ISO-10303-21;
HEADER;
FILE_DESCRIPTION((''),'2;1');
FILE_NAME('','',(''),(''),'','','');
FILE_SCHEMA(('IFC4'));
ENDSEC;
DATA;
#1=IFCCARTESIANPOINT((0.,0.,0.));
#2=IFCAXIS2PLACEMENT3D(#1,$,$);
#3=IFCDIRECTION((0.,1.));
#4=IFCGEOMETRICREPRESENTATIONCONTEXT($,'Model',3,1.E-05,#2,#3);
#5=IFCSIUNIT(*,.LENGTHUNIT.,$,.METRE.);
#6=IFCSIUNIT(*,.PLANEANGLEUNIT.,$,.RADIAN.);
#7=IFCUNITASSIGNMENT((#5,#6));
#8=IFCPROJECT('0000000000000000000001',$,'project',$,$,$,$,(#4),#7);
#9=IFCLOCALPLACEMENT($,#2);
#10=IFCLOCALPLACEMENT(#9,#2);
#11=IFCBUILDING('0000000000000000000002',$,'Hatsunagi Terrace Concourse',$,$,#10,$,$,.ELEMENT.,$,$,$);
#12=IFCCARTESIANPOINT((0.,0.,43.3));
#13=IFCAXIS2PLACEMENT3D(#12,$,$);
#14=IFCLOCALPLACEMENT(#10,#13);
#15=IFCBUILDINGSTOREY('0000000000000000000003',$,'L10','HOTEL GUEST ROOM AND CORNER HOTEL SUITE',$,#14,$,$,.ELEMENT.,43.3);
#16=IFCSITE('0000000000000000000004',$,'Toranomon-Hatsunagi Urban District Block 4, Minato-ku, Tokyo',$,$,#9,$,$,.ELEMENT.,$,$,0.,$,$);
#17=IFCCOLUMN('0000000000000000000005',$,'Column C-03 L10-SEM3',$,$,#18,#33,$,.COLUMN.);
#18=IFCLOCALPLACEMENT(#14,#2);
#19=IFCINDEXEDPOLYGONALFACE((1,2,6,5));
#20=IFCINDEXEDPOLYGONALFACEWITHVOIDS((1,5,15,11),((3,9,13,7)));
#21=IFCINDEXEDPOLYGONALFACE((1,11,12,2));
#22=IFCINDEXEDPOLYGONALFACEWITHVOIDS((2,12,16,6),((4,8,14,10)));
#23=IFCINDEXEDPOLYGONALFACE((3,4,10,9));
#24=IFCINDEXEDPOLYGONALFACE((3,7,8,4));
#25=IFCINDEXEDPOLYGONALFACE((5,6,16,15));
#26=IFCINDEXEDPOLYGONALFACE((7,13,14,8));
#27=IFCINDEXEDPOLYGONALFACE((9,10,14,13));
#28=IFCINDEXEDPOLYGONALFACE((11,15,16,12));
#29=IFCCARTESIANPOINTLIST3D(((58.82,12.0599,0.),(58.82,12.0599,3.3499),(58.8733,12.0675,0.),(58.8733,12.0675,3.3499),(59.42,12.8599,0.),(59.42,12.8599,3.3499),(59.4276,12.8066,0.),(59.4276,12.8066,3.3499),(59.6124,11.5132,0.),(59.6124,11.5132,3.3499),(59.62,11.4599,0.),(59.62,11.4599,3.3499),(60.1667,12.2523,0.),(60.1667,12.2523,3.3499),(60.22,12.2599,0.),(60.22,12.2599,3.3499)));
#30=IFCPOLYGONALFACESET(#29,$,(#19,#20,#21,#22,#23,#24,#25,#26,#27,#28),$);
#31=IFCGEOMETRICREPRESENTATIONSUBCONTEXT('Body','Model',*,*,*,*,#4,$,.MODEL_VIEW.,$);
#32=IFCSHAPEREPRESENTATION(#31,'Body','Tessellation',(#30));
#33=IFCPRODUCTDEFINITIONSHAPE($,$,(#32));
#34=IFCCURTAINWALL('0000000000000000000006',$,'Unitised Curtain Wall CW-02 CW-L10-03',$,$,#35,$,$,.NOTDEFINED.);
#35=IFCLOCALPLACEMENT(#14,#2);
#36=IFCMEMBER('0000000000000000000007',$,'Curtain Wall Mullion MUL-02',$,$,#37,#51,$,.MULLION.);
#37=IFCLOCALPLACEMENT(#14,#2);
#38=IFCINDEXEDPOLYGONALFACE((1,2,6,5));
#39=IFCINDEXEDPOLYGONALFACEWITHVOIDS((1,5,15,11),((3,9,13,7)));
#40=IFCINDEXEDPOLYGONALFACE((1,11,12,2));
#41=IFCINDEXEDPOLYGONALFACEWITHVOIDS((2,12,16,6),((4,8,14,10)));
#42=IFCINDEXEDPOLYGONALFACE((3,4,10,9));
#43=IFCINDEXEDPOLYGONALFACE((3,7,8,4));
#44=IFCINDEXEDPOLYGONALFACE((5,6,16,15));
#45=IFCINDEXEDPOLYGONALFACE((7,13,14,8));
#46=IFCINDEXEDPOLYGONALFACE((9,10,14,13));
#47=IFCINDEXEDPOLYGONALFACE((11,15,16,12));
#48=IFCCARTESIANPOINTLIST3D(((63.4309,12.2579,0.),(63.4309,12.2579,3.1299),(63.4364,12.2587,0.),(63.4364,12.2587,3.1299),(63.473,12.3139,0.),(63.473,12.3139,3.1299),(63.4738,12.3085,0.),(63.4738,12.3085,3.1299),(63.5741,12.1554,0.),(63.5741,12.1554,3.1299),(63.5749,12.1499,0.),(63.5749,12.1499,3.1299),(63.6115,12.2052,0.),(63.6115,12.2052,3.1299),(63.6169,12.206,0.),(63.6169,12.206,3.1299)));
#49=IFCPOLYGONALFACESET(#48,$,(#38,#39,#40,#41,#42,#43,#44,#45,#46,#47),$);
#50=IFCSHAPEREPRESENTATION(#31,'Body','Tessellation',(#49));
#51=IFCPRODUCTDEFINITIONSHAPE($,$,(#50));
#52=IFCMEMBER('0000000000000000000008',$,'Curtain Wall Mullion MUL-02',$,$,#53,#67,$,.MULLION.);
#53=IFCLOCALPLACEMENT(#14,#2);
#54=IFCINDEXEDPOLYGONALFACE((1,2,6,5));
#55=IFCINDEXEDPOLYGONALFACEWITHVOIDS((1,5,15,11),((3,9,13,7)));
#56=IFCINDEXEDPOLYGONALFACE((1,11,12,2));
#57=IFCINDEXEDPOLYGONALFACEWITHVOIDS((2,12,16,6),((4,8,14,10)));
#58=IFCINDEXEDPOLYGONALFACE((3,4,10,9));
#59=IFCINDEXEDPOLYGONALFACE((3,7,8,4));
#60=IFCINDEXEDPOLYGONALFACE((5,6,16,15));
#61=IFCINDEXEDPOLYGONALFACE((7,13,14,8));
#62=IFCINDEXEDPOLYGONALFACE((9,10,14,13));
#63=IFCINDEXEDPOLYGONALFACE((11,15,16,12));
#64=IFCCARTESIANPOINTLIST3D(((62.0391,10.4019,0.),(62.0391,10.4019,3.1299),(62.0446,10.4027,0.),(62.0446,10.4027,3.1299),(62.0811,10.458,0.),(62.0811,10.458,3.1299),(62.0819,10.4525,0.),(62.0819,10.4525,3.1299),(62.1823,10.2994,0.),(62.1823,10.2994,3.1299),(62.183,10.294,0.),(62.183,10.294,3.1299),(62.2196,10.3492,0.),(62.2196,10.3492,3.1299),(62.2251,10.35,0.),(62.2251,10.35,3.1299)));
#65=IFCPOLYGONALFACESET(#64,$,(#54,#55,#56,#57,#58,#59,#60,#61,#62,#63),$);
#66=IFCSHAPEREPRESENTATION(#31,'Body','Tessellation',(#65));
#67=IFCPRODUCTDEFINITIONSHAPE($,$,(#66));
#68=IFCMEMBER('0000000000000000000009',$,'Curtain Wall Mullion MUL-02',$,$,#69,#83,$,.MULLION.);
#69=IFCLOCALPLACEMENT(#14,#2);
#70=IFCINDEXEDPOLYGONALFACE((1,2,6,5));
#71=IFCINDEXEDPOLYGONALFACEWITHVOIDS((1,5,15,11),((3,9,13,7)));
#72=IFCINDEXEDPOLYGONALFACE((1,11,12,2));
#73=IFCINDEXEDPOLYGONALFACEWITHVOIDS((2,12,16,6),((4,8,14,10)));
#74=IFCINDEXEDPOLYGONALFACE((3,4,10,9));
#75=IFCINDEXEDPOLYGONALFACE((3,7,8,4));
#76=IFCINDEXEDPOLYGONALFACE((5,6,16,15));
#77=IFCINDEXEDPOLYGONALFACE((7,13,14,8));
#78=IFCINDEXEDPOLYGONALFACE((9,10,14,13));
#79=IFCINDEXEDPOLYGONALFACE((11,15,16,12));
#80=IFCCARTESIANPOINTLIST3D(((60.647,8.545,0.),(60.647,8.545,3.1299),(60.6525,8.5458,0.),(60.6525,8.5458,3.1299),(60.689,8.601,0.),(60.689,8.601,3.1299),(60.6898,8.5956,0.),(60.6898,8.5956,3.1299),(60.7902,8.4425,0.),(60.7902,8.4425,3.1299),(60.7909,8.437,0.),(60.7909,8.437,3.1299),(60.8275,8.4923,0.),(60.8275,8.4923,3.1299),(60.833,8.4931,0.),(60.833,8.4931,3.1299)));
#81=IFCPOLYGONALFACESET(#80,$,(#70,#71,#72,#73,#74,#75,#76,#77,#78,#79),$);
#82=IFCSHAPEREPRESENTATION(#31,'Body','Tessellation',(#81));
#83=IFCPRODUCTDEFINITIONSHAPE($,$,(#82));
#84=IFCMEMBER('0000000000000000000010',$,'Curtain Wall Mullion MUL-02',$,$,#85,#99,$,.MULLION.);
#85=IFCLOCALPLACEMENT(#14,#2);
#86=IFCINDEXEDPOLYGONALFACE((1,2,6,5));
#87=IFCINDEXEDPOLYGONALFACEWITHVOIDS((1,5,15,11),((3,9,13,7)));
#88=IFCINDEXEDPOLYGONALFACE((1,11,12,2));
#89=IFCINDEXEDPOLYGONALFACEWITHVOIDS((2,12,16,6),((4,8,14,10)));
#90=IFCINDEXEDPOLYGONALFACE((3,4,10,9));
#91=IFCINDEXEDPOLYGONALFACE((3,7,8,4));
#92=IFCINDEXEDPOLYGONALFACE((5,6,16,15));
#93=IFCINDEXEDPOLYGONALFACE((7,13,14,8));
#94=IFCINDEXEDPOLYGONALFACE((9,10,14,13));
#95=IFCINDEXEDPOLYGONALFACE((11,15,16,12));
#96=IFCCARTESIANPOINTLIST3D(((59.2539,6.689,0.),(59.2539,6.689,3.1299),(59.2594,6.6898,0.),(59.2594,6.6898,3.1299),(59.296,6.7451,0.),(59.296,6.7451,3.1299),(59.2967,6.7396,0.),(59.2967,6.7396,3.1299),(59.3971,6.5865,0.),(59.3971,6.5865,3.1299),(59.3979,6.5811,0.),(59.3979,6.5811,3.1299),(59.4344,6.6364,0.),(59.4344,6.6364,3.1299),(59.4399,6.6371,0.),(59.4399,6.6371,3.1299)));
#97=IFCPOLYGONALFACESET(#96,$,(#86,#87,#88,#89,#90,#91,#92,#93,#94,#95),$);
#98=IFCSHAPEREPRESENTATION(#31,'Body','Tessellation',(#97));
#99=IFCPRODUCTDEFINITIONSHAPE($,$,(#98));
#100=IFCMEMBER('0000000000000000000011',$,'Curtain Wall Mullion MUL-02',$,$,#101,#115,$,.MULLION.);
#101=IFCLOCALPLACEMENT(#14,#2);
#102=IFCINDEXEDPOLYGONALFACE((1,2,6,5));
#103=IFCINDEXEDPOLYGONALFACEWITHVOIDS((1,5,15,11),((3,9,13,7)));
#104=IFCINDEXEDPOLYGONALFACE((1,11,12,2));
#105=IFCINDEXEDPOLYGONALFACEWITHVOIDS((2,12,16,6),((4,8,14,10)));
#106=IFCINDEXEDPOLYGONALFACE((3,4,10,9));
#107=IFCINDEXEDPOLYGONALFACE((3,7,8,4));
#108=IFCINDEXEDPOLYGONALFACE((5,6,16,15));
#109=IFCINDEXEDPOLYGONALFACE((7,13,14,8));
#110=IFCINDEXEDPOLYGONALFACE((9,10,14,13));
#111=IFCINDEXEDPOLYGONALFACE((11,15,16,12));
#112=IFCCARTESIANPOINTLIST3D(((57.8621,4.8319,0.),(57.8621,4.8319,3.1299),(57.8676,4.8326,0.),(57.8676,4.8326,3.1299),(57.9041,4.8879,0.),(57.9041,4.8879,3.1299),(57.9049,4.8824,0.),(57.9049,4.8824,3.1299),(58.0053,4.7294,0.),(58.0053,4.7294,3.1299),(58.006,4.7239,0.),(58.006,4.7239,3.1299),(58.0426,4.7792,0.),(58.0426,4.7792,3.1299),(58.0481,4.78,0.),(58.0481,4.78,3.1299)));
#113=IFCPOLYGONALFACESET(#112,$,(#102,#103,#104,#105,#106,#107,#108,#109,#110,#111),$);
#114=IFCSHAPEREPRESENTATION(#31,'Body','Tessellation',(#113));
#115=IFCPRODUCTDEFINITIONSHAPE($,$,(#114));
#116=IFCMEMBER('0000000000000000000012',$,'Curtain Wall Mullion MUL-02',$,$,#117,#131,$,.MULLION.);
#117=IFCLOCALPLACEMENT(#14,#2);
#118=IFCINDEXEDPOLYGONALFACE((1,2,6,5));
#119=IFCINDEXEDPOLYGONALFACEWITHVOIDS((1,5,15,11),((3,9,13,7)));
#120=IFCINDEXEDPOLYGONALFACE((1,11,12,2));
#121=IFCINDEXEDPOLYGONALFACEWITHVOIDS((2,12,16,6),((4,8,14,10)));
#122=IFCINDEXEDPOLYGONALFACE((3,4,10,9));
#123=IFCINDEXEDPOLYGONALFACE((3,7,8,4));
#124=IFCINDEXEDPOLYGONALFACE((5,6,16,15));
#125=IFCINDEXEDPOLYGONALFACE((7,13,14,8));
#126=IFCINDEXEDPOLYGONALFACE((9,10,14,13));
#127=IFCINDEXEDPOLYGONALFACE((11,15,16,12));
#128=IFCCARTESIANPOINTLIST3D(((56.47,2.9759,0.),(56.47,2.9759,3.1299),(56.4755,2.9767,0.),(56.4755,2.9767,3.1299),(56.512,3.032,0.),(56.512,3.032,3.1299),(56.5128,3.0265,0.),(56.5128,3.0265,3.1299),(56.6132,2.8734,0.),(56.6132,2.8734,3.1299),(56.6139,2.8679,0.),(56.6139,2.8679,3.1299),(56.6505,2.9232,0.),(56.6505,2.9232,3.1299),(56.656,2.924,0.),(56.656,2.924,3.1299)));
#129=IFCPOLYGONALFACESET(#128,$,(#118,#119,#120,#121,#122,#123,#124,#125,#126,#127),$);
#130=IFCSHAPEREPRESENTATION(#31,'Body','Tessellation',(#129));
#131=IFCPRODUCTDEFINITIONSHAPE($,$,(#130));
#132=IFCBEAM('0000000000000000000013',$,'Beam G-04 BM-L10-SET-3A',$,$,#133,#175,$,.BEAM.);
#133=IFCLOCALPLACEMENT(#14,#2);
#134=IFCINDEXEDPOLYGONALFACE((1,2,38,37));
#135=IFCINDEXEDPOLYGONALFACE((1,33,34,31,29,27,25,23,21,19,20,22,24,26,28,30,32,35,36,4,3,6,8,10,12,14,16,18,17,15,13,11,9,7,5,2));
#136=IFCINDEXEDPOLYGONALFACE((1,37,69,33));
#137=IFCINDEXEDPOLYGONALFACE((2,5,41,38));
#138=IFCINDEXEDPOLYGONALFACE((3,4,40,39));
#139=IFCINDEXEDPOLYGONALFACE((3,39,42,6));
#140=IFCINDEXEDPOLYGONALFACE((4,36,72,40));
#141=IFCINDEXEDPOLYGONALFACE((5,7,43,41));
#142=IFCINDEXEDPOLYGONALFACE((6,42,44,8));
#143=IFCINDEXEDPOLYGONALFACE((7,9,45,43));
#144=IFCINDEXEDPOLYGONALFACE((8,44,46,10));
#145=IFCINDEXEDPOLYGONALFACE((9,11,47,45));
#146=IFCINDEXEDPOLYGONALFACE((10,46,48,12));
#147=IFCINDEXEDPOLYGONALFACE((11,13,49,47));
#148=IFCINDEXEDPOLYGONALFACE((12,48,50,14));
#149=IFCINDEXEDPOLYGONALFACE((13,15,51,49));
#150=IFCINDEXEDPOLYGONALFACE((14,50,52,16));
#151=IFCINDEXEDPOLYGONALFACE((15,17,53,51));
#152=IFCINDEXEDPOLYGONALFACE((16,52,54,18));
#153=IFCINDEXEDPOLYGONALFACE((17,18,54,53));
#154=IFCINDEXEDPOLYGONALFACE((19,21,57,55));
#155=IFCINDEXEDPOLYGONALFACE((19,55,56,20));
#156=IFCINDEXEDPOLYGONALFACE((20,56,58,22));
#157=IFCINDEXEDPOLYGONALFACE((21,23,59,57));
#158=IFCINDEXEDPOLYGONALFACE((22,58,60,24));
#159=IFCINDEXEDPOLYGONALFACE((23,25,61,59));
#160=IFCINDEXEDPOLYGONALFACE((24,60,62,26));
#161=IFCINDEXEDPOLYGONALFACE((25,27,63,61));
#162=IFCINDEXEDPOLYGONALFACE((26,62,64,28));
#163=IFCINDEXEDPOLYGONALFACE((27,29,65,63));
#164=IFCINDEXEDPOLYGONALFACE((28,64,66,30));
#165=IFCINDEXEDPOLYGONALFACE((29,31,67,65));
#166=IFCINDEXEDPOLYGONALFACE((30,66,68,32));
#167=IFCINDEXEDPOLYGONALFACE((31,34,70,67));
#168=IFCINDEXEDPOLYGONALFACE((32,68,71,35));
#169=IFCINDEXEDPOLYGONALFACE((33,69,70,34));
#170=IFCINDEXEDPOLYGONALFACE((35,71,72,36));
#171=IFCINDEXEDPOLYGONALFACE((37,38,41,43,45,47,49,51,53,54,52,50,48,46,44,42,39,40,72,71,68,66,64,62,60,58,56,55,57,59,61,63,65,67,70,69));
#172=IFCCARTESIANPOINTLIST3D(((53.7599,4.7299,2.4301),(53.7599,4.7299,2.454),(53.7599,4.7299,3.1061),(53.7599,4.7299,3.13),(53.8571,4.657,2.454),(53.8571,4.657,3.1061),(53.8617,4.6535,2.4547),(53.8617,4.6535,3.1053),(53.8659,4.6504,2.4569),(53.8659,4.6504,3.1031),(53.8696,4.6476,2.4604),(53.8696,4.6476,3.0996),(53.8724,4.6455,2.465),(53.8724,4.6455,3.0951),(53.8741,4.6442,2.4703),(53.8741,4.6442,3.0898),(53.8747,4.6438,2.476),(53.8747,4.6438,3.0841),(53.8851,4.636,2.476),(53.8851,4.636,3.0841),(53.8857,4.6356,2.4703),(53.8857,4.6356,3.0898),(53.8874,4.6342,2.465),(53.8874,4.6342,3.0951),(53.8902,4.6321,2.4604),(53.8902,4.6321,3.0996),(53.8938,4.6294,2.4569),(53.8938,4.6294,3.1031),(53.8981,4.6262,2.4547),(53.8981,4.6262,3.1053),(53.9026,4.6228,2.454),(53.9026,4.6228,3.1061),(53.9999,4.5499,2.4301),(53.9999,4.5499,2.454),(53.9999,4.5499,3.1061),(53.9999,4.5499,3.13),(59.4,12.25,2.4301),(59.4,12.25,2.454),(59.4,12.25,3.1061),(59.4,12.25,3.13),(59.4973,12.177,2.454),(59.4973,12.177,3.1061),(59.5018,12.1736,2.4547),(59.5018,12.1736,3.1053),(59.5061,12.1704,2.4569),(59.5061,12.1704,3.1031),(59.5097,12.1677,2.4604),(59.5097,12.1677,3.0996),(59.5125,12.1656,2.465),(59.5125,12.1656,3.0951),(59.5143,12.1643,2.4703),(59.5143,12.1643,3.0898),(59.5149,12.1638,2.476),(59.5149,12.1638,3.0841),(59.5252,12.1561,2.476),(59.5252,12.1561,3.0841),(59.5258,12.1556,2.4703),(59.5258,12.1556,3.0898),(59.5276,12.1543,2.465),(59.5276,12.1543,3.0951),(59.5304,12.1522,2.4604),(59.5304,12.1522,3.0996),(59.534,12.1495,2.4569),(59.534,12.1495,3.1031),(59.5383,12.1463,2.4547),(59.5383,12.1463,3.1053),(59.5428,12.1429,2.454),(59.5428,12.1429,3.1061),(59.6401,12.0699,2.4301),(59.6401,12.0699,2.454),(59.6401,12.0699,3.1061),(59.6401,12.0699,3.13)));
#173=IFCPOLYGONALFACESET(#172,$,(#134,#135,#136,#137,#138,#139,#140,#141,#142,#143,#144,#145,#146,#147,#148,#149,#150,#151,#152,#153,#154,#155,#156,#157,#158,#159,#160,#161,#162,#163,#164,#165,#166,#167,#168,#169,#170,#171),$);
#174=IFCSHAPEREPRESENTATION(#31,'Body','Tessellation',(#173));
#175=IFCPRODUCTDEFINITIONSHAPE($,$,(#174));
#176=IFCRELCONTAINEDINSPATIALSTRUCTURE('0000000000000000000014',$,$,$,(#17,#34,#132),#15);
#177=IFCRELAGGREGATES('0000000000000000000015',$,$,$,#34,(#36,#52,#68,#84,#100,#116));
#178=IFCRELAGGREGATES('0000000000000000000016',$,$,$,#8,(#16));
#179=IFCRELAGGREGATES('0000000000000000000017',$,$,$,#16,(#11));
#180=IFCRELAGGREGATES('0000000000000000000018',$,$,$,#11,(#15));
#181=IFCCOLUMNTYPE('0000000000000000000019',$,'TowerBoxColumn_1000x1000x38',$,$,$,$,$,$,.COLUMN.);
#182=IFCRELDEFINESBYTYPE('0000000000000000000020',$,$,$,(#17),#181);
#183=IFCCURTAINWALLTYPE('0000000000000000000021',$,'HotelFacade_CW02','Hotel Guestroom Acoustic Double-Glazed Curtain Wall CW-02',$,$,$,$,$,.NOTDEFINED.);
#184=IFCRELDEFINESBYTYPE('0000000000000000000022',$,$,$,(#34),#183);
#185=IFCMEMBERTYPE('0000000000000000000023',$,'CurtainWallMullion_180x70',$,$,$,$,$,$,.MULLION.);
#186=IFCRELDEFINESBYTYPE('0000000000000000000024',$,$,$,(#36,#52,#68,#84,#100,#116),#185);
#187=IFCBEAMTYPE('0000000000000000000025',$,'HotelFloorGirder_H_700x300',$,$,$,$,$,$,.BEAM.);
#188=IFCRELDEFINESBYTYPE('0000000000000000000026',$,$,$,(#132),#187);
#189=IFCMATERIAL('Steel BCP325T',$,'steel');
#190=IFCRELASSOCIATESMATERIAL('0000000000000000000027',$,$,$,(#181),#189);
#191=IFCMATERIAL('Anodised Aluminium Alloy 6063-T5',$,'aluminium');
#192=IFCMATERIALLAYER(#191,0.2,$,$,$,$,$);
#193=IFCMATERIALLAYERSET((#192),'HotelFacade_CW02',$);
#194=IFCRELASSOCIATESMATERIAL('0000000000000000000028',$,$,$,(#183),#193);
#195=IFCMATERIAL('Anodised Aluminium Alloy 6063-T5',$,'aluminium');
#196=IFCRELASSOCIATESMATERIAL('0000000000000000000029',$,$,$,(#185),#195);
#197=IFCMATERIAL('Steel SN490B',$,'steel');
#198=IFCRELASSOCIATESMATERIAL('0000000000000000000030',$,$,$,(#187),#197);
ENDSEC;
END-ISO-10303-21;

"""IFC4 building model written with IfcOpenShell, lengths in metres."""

from ifc_helpers import new_model, si_unit, direction, frame, origin, origin_2d, place, context, subcontext, project, spatial, hollow_rectangle, i_section, extrude, material, layer, layer_set, material_profile, profile_set, type_object, element, aggregate, save


model = new_model("IFC4")

# Units and contexts
model_context = context("Model", 3, precision=1e-05, world=origin(), true_north=direction((0.0, 1.0)))
body_context = subcontext(model_context, "Body", "Model", "MODEL_VIEW")
ifc_project = project(units=[si_unit("LENGTHUNIT", "METRE"), si_unit("PLANEANGLEUNIT", "RADIAN")], contexts=[model_context])

# Site, building, storey
site_placement = place(None, origin())
site = spatial("IfcSite", under=ifc_project, at=site_placement, Name="Toranomon-Hatsunagi Urban District Block 4, Minato-ku, Tokyo", CompositionType="ELEMENT", RefElevation=0.0)
building_placement = place(site_placement, origin())
building = spatial("IfcBuilding", under=site, at=building_placement, Name="Hatsunagi Terrace Concourse", CompositionType="ELEMENT")
storey_placement = place(building_placement, frame((0.0, 0.0, 43.3)))
storey = spatial("IfcBuildingStorey", under=building, at=storey_placement, Name="L10", Description="HOTEL GUEST ROOM AND CORNER HOTEL SUITE", CompositionType="ELEMENT", Elevation=43.3)

# Column
ifc_material_1 = material(Name="Steel BCP325T", Category="steel")
ifc_material_profile_1 = material_profile(ifc_material_1, hollow_rectangle(XDim=1.0, YDim=1.0, WallThickness=0.0381, at=origin_2d()), Name="BCP-1000x1000x38")
ifc_profile_set_1 = profile_set([ifc_material_profile_1], Name="Steel BCP325T")
column_type = type_object("IfcColumnType", Name="TowerBoxColumn_1000x1000x38", PredefinedType="COLUMN", material=ifc_profile_set_1)
column_placement = place(storey_placement, frame((59.52, 12.1599, 0.0), z_axis=(0.0, 0.0, 1.0), x_axis=(0.8, -0.6, 0.0)))
element("IfcColumn", 1, at=column_placement, inside=storey, type_object=column_type, Name="Column C-03 L10-SEM3", PredefinedType="COLUMN", context=body_context, shape_type="SweptSolid", body=[
    extrude(hollow_rectangle(XDim=1.0, YDim=1.0, WallThickness=0.0381, at=origin_2d()), origin(), (0.0, 0.0, 1.0), 3.3499),
])

# Curtain wall, members
ifc_material_2 = material(Name="Anodised Aluminium Alloy 6063-T5", Category="aluminium")
ifc_layer_1 = layer(ifc_material_2, 0.2)
ifc_layer_set_1 = layer_set([ifc_layer_1], Name="HotelFacade_CW02")
curtain_wall_type = type_object("IfcCurtainWallType", Name="HotelFacade_CW02", Description="Hotel Guestroom Acoustic Double-Glazed Curtain Wall CW-02", PredefinedType="NOTDEFINED", material=ifc_layer_set_1)
curtain_wall_placement = place(storey_placement, origin())
curtain_wall = element("IfcCurtainWall", 2, at=curtain_wall_placement, inside=storey, type_object=curtain_wall_type, Name="Unitised Curtain Wall CW-02 CW-L10-03", PredefinedType="NOTDEFINED")
ifc_material_3 = material(Name="Anodised Aluminium Alloy 6063-T5", Category="aluminium")
ifc_material_profile_2 = material_profile(ifc_material_3, hollow_rectangle(XDim=0.0701, YDim=0.1799, WallThickness=0.0039, at=origin_2d()), Name="ALU-MUL-180x70x4")
ifc_profile_set_2 = profile_set([ifc_material_profile_2], Name="Anodised Aluminium Alloy 6063-T5")
member_type = type_object("IfcMemberType", Name="CurtainWallMullion_180x70", PredefinedType="MULLION", material=ifc_profile_set_2)
member_1_placement = place(storey_placement, frame((63.5239, 12.2319, 0.0), z_axis=(0.0, 0.0, 1.0), x_axis=(-0.599969, -0.800023, 0.0)))
member_1 = element("IfcMember", 3, at=member_1_placement, type_object=member_type, Name="Curtain Wall Mullion MUL-02", PredefinedType="MULLION", context=body_context, shape_type="SweptSolid", body=[
    extrude(hollow_rectangle(XDim=0.0701, YDim=0.1799, WallThickness=0.0039, at=origin_2d()), origin(), (0.0, 0.0, 1.0), 3.1299),
])
member_2_placement = place(storey_placement, frame((62.1321, 10.376, 0.0), z_axis=(0.0, 0.0, 1.0), x_axis=(-0.599969, -0.800023, 0.0)))
member_2 = element("IfcMember", 4, at=member_2_placement, type_object=member_type, Name="Curtain Wall Mullion MUL-02", PredefinedType="MULLION", context=body_context, shape_type="SweptSolid", body=[
    extrude(hollow_rectangle(XDim=0.0701, YDim=0.1799, WallThickness=0.0039, at=origin_2d()), origin(), (0.0, 0.0, 1.0), 3.1299),
])
member_3_placement = place(storey_placement, frame((60.74, 8.519, 0.0), z_axis=(0.0, 0.0, 1.0), x_axis=(-0.599969, -0.800023, 0.0)))
member_3 = element("IfcMember", 5, at=member_3_placement, type_object=member_type, Name="Curtain Wall Mullion MUL-02", PredefinedType="MULLION", context=body_context, shape_type="SweptSolid", body=[
    extrude(hollow_rectangle(XDim=0.0701, YDim=0.1799, WallThickness=0.0039, at=origin_2d()), origin(), (0.0, 0.0, 1.0), 3.1299),
])
member_4_placement = place(storey_placement, frame((59.3469, 6.6631, 0.0), z_axis=(0.0, 0.0, 1.0), x_axis=(-0.599969, -0.800023, 0.0)))
member_4 = element("IfcMember", 6, at=member_4_placement, type_object=member_type, Name="Curtain Wall Mullion MUL-02", PredefinedType="MULLION", context=body_context, shape_type="SweptSolid", body=[
    extrude(hollow_rectangle(XDim=0.0701, YDim=0.1799, WallThickness=0.0039, at=origin_2d()), origin(), (0.0, 0.0, 1.0), 3.1299),
])
member_5_placement = place(storey_placement, frame((57.9551, 4.8059, 0.0), z_axis=(0.0, 0.0, 1.0), x_axis=(-0.599969, -0.800023, 0.0)))
member_5 = element("IfcMember", 7, at=member_5_placement, type_object=member_type, Name="Curtain Wall Mullion MUL-02", PredefinedType="MULLION", context=body_context, shape_type="SweptSolid", body=[
    extrude(hollow_rectangle(XDim=0.0701, YDim=0.1799, WallThickness=0.0039, at=origin_2d()), origin(), (0.0, 0.0, 1.0), 3.1299),
])
member_6_placement = place(storey_placement, frame((56.563, 2.95, 0.0), z_axis=(0.0, 0.0, 1.0), x_axis=(-0.599969, -0.800023, 0.0)))
member_6 = element("IfcMember", 8, at=member_6_placement, type_object=member_type, Name="Curtain Wall Mullion MUL-02", PredefinedType="MULLION", context=body_context, shape_type="SweptSolid", body=[
    extrude(hollow_rectangle(XDim=0.0701, YDim=0.1799, WallThickness=0.0039, at=origin_2d()), origin(), (0.0, 0.0, 1.0), 3.1299),
])

# Beam
ifc_material_4 = material(Name="Steel SN490B", Category="steel")
ifc_material_profile_3 = material_profile(ifc_material_4, i_section(OverallWidth=0.3, OverallDepth=0.7, WebThickness=0.0129, FlangeThickness=0.0239, FilletRadius=0.022, at=origin_2d()), Name="H-700x300x13x24")
ifc_profile_set_3 = profile_set([ifc_material_profile_3], Name="Steel SN490B")
beam_type = type_object("IfcBeamType", Name="HotelFloorGirder_H_700x300", PredefinedType="BEAM", material=ifc_profile_set_3)
beam_1_placement = place(storey_placement, frame((53.8799, 4.6399, 2.78), z_axis=(0.600008, 0.799994, 0.0), x_axis=(-0.799994, 0.600008, 0.0)))
element("IfcBeam", 9, at=beam_1_placement, inside=storey, type_object=beam_type, Name="Beam G-04 BM-L10-SET-3A", PredefinedType="BEAM", context=body_context, shape_type="SweptSolid", body=[
    extrude(i_section(OverallWidth=0.3, OverallDepth=0.7, WebThickness=0.0129, FlangeThickness=0.0239, FilletRadius=0.022, at=origin_2d()), origin(), (0.0, 0.0, 1.0), 9.4001),
])

aggregate(curtain_wall, [member_1, member_2, member_3, member_4, member_5, member_6])

save(model, "model.ifc")
